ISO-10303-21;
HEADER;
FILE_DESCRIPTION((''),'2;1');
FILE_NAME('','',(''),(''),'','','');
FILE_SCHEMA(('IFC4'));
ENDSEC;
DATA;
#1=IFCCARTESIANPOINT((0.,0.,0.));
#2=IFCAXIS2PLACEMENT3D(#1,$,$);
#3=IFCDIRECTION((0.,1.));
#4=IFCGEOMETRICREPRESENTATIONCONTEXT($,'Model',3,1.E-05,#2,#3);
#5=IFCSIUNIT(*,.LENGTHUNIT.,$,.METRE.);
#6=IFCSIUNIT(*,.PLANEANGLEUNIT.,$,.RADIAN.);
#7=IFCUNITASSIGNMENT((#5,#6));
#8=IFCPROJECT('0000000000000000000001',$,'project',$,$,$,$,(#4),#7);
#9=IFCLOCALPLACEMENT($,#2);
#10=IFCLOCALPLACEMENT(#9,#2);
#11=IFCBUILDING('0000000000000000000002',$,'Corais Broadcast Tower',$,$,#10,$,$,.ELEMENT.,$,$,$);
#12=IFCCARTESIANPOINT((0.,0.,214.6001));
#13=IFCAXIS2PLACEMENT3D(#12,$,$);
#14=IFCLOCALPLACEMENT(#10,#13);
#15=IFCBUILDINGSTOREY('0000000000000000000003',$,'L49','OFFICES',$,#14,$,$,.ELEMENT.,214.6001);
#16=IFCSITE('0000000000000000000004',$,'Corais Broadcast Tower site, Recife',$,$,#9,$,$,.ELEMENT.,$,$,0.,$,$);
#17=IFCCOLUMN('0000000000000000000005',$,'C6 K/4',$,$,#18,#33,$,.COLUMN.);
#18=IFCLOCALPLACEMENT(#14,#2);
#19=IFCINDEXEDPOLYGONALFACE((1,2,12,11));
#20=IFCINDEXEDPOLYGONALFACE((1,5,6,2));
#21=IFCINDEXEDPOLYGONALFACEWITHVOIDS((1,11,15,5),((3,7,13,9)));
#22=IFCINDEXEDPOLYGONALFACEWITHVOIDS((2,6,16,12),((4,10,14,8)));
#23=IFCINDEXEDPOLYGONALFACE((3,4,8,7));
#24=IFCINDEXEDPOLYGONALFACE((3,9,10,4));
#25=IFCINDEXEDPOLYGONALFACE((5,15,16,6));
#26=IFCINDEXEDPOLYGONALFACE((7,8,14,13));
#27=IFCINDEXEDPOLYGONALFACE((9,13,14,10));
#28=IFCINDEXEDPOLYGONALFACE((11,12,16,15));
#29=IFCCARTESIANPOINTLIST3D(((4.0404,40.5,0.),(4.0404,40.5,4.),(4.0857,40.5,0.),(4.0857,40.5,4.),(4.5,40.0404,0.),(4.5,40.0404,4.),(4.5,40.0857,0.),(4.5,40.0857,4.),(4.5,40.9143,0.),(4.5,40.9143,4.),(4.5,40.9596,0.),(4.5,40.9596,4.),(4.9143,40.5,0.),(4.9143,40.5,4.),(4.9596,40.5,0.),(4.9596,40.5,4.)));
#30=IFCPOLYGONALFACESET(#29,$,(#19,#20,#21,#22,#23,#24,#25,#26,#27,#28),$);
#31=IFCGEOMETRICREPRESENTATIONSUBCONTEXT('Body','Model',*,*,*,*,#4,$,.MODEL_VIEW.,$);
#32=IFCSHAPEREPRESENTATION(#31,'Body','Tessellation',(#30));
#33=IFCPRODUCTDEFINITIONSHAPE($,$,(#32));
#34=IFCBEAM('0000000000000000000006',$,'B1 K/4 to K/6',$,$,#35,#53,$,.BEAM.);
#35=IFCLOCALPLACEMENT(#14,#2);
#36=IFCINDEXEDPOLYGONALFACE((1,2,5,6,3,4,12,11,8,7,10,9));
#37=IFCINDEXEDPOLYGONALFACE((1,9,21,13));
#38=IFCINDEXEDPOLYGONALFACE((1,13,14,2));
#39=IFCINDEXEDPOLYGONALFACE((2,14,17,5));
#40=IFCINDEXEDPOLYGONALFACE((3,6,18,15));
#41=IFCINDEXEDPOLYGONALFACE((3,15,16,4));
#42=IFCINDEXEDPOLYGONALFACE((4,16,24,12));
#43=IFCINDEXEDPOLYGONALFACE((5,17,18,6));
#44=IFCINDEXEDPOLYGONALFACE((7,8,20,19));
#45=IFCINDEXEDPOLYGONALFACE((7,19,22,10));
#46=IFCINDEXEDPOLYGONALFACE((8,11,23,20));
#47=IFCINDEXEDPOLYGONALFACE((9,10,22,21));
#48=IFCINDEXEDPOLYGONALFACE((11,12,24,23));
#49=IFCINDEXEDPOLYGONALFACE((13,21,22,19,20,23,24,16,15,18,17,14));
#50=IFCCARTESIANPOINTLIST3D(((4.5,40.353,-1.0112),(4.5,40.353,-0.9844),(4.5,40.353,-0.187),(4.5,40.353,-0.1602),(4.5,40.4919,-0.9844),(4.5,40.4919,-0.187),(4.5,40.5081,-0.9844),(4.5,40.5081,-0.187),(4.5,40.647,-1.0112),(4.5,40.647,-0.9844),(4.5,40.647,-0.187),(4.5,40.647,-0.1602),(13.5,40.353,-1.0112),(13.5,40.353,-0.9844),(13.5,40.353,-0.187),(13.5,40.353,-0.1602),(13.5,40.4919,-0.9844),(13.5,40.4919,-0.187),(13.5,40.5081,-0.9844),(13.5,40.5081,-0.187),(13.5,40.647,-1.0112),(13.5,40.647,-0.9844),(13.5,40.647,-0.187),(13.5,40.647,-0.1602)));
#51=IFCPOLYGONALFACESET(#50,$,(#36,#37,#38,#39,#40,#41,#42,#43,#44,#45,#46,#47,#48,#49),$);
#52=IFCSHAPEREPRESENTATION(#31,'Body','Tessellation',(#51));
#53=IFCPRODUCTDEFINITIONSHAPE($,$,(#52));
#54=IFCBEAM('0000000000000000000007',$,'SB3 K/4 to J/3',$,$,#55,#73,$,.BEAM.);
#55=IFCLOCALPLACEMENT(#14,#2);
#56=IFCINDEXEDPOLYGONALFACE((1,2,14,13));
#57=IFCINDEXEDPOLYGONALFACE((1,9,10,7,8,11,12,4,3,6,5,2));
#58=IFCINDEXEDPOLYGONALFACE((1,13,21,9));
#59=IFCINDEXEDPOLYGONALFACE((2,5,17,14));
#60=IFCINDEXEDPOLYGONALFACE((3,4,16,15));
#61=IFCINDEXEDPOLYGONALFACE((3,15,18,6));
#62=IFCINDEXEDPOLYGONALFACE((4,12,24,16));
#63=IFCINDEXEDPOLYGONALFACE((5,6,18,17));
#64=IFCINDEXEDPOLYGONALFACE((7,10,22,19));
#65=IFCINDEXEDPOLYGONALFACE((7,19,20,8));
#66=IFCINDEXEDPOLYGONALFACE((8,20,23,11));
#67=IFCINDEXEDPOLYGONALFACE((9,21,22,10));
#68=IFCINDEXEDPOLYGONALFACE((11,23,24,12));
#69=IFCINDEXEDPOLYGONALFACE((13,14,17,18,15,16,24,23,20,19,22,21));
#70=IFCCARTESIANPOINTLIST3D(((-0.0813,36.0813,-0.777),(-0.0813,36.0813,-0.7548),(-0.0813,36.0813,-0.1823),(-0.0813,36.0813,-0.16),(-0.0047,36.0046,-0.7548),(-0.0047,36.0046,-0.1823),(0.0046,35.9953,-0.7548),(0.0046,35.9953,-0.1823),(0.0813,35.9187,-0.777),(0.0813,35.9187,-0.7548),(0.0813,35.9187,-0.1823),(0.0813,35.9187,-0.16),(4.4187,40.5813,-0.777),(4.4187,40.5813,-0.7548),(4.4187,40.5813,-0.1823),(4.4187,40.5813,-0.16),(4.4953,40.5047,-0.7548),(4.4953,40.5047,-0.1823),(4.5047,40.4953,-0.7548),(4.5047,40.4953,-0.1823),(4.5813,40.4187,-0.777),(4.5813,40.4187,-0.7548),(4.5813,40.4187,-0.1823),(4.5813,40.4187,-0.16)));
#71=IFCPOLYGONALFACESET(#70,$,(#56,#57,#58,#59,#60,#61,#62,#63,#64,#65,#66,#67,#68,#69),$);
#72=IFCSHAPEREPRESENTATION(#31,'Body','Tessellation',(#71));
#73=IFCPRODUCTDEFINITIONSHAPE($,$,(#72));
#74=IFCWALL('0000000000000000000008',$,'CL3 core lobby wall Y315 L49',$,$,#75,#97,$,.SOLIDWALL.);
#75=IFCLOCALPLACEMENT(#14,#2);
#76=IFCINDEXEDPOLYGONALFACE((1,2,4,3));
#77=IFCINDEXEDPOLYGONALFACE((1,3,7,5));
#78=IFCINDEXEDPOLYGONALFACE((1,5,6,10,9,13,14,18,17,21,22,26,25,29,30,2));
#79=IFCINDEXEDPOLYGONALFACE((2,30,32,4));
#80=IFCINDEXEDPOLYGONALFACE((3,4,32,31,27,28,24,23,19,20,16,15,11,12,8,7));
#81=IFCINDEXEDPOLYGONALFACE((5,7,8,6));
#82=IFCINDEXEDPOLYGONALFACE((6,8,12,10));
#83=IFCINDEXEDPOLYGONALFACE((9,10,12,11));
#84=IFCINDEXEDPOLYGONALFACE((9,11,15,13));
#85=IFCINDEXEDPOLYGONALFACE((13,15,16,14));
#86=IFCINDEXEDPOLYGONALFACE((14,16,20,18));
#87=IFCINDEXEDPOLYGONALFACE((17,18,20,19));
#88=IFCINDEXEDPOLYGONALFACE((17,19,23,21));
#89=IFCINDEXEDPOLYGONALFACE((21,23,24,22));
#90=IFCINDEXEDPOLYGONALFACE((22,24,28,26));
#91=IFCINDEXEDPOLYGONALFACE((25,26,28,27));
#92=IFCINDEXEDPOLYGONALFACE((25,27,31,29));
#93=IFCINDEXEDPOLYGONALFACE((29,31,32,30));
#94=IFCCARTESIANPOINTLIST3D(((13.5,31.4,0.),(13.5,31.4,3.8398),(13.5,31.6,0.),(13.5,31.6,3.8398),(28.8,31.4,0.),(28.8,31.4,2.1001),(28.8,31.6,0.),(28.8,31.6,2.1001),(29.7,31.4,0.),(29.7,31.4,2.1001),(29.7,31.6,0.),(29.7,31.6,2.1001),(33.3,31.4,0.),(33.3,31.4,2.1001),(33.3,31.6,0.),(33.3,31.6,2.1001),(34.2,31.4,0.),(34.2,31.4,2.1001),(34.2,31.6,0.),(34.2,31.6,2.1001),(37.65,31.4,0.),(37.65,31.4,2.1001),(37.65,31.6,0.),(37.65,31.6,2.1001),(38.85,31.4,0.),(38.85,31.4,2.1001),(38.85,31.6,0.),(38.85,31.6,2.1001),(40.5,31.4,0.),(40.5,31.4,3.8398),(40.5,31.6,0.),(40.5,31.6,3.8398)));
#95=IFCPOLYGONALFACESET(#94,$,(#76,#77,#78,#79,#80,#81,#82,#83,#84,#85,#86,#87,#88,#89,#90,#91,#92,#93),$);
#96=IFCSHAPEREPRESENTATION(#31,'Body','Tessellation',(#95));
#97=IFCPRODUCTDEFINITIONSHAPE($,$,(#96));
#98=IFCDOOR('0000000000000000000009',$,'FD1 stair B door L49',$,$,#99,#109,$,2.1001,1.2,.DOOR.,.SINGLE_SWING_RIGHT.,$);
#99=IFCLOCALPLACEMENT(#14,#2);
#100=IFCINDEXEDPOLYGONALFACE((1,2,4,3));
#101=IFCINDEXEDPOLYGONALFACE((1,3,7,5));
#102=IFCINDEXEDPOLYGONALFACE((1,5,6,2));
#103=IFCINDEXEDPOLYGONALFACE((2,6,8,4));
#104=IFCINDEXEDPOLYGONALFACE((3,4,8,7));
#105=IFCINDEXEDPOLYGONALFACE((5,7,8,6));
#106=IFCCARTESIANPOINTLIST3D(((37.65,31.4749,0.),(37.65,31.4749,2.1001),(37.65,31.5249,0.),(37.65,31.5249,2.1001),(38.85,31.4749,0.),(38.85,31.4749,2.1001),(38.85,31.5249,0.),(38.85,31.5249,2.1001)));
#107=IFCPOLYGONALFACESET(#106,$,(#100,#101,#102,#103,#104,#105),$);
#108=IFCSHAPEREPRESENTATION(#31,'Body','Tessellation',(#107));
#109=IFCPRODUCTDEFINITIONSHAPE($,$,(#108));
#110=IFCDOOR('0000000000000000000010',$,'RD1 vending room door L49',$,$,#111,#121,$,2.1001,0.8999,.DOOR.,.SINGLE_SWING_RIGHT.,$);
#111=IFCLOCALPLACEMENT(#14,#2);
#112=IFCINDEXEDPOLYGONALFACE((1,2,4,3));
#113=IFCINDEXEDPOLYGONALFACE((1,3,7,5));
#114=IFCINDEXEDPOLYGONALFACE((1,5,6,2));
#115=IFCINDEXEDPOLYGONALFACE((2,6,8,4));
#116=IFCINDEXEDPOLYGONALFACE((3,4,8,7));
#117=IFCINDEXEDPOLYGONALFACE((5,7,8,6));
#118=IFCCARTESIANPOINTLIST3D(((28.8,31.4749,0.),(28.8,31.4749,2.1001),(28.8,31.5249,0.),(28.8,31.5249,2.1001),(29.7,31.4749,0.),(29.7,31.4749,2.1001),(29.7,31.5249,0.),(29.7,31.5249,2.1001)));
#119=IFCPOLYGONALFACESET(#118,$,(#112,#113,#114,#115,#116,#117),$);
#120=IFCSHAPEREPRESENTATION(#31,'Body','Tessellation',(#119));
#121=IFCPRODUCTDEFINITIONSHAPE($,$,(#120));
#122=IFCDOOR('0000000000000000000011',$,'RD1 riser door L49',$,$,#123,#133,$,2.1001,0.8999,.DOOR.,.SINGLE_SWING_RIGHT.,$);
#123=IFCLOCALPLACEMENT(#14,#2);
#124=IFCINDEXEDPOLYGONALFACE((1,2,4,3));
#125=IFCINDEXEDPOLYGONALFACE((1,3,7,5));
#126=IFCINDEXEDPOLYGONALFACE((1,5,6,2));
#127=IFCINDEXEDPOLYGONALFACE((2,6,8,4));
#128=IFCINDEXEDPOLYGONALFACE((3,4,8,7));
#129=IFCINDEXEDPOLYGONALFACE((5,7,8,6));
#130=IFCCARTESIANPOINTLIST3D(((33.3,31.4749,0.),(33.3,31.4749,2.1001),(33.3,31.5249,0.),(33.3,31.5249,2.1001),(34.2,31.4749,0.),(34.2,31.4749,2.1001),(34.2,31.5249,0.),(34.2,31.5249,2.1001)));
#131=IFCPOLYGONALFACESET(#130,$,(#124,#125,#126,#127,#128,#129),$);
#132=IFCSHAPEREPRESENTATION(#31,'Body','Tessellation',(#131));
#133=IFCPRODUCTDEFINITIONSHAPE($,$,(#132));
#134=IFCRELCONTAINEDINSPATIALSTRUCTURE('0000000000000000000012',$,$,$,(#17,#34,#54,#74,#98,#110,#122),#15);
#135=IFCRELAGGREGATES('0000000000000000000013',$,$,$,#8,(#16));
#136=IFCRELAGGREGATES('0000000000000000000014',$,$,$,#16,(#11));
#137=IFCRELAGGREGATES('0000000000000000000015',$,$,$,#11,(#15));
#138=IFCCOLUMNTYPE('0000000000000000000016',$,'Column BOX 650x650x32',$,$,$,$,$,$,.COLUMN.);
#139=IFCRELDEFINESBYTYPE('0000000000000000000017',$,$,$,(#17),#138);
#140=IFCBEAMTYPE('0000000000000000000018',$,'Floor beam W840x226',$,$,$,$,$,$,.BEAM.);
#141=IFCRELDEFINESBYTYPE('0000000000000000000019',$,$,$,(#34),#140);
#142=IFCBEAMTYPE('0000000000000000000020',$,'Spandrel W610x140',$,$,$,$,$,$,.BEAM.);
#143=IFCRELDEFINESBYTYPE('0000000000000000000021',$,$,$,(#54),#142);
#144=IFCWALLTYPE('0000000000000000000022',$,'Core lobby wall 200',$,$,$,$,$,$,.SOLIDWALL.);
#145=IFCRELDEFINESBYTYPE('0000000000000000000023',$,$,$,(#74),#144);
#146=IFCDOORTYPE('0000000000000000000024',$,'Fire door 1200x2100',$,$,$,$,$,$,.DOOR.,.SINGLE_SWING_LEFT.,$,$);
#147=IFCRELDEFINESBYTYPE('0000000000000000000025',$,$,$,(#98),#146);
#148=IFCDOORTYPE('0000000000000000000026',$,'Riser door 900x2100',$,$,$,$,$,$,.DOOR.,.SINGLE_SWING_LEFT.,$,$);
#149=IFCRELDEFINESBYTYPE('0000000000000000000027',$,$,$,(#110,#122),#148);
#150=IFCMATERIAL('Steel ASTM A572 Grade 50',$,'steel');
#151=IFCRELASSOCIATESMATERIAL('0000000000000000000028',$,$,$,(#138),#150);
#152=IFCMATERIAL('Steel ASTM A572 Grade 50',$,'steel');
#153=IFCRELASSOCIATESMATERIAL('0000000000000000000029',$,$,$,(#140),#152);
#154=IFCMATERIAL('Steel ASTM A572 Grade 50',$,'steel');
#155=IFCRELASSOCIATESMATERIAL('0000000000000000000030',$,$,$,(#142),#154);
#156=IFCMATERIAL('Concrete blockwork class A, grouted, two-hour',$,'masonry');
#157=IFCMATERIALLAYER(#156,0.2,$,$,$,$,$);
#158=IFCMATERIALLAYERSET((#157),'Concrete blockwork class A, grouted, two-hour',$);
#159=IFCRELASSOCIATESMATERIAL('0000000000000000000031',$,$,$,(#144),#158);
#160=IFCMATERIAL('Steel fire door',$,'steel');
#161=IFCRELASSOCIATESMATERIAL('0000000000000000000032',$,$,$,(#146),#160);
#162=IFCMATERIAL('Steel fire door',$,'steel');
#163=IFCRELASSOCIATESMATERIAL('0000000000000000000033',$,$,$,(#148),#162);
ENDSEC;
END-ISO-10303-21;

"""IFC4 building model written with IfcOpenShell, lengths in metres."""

from ifc_helpers import new_model, si_unit, direction, frame, frame_2d, origin, origin_2d, place, context, subcontext, project, spatial, rectangle, hollow_rectangle, i_section, extrude, material, layer, layer_set, material_profile, profile_set, type_object, element, fill, save


model = new_model("IFC4")

# Units and contexts
model_context = context("Model", 3, precision=1e-05, world=origin(), true_north=direction((0.0, 1.0)))
body_context = subcontext(model_context, "Body", "Model", "MODEL_VIEW")
ifc_project = project(units=[si_unit("LENGTHUNIT", "METRE"), si_unit("PLANEANGLEUNIT", "RADIAN")], contexts=[model_context])

# Site, building, storey
site_placement = place(None, origin())
site = spatial("IfcSite", under=ifc_project, at=site_placement, Name="Corais Broadcast Tower site, Recife", CompositionType="ELEMENT", RefElevation=0.0)
building_placement = place(site_placement, origin())
building = spatial("IfcBuilding", under=site, at=building_placement, Name="Corais Broadcast Tower", CompositionType="ELEMENT")
storey_placement = place(building_placement, frame((0.0, 0.0, 214.6001)))
storey = spatial("IfcBuildingStorey", under=building, at=storey_placement, Name="L49", Description="OFFICES", CompositionType="ELEMENT", Elevation=214.6001)

# Column
ifc_material_1 = material(Name="Steel ASTM A572 Grade 50", Category="steel")
ifc_material_profile_1 = material_profile(ifc_material_1, hollow_rectangle(XDim=0.6499, YDim=0.6499, WallThickness=0.032, at=origin_2d()), Name="BOX 650x650x32")
ifc_profile_set_1 = profile_set([ifc_material_profile_1], Name="Steel ASTM A572 Grade 50")
column_type = type_object("IfcColumnType", Name="Column BOX 650x650x32", PredefinedType="COLUMN", material=ifc_profile_set_1)
column_placement = place(storey_placement, frame((4.5, 40.5, 0.0), z_axis=(0.0, 0.0, 1.0), x_axis=(0.707107, 0.707107, 0.0)))
element("IfcColumn", 1, at=column_placement, inside=storey, type_object=column_type, Name="C6 K/4", PredefinedType="COLUMN", context=body_context, shape_type="SweptSolid", body=[
    extrude(hollow_rectangle(XDim=0.6499, YDim=0.6499, WallThickness=0.032, at=origin_2d()), origin(), (0.0, 0.0, 1.0), 4.0),
])

# Beams
ifc_material_2 = material(Name="Steel ASTM A572 Grade 50", Category="steel")
ifc_material_profile_2 = material_profile(ifc_material_2, i_section(OverallWidth=0.2939, OverallDepth=0.8511, WebThickness=0.0161, FlangeThickness=0.0269, at=origin_2d()), Name="W840x226")
ifc_profile_set_2 = profile_set([ifc_material_profile_2], Name="Steel ASTM A572 Grade 50")
beam_type_1 = type_object("IfcBeamType", Name="Floor beam W840x226", PredefinedType="BEAM", material=ifc_profile_set_2)
beam_1_placement = place(storey_placement, frame((4.5, 40.5, -0.5857), z_axis=(1.0, 0.0, 0.0), x_axis=(0.0, 1.0, 0.0)))
element("IfcBeam", 2, at=beam_1_placement, inside=storey, type_object=beam_type_1, Name="B1 K/4 to K/6", PredefinedType="BEAM", context=body_context, shape_type="SweptSolid", body=[
    extrude(i_section(OverallWidth=0.2939, OverallDepth=0.8511, WebThickness=0.0161, FlangeThickness=0.0269, at=origin_2d()), origin(), (0.0, 0.0, 1.0), 9.0),
])
ifc_material_3 = material(Name="Steel ASTM A572 Grade 50", Category="steel")
ifc_material_profile_3 = material_profile(ifc_material_3, i_section(OverallWidth=0.23, OverallDepth=0.6169, WebThickness=0.0132, FlangeThickness=0.0222, at=origin_2d()), Name="W610x140")
ifc_profile_set_3 = profile_set([ifc_material_profile_3], Name="Steel ASTM A572 Grade 50")
beam_type_2 = type_object("IfcBeamType", Name="Spandrel W610x140", PredefinedType="BEAM", material=ifc_profile_set_3)
beam_2_placement = place(storey_placement, frame((4.5, 40.5, -0.4685), z_axis=(-0.707107, -0.707107, 0.0), x_axis=(0.707107, -0.707107, 0.0)))
element("IfcBeam", 3, at=beam_2_placement, inside=storey, type_object=beam_type_2, Name="SB3 K/4 to J/3", PredefinedType="BEAM", context=body_context, shape_type="SweptSolid", body=[
    extrude(i_section(OverallWidth=0.23, OverallDepth=0.6169, WebThickness=0.0132, FlangeThickness=0.0222, at=origin_2d()), origin(), (0.0, 0.0, 1.0), 6.364),
])

# Wall, openings, doors
ifc_material_4 = material(Name="Concrete blockwork class A, grouted, two-hour", Category="masonry")
ifc_layer_1 = layer(ifc_material_4, 0.2)
ifc_layer_set_1 = layer_set([ifc_layer_1], Name="Concrete blockwork class A, grouted, two-hour")
wall_type_1 = type_object("IfcWallType", Name="Core lobby wall 200", PredefinedType="SOLIDWALL", material=ifc_layer_set_1)
wall_1_placement = place(storey_placement, frame((13.5, 31.5, 0.0), z_axis=(0.0, 0.0, 1.0), x_axis=(1.0, 0.0, 0.0)))
wall_1 = element("IfcWall", 4, at=wall_1_placement, inside=storey, type_object=wall_type_1, Name="CL3 core lobby wall Y315 L49", PredefinedType="SOLIDWALL", context=body_context, shape_type="SweptSolid", body=[
    extrude(rectangle(XDim=27.0, YDim=0.2, at=frame_2d((13.5, 0.0))), origin(), (0.0, 0.0, 1.0), 3.8398),
])
opening_1_placement = place(wall_1_placement, frame((24.1499, 0.0, 0.0)))
opening_1 = element("IfcOpeningElement", 5, at=opening_1_placement, cuts=wall_1, PredefinedType="OPENING", context=body_context, shape_type="SweptSolid", body=[
    extrude(rectangle(XDim=1.2, YDim=2.1001, at=frame_2d((0.6001, 1.05))), frame((0.0, 0.1099, 0.0), z_axis=(0.0, -1.0, 0.0), x_axis=(1.0, 0.0, 0.0)), (0.0, 0.0, 1.0), 0.22),
])
opening_2_placement = place(wall_1_placement, frame((15.3, 0.0, 0.0)))
opening_2 = element("IfcOpeningElement", 6, at=opening_2_placement, cuts=wall_1, PredefinedType="OPENING", context=body_context, shape_type="SweptSolid", body=[
    extrude(rectangle(XDim=0.8999, YDim=2.1001, at=frame_2d((0.45, 1.05))), frame((0.0, 0.1099, 0.0), z_axis=(0.0, -1.0, 0.0), x_axis=(1.0, 0.0, 0.0)), (0.0, 0.0, 1.0), 0.22),
])
opening_3_placement = place(wall_1_placement, frame((19.8, 0.0, 0.0)))
opening_3 = element("IfcOpeningElement", 7, at=opening_3_placement, cuts=wall_1, PredefinedType="OPENING", context=body_context, shape_type="SweptSolid", body=[
    extrude(rectangle(XDim=0.8999, YDim=2.1001, at=frame_2d((0.45, 1.05))), frame((0.0, 0.1099, 0.0), z_axis=(0.0, -1.0, 0.0), x_axis=(1.0, 0.0, 0.0)), (0.0, 0.0, 1.0), 0.22),
])
ifc_material_5 = material(Name="Steel fire door", Category="steel")
door_type_1 = type_object("IfcDoorType", Name="Fire door 1200x2100", OperationType="SINGLE_SWING_LEFT", PredefinedType="DOOR", material=ifc_material_5)
door_1_placement = place(opening_1_placement, origin())
door_1 = element("IfcDoor", 8, at=door_1_placement, inside=storey, type_object=door_type_1, Name="FD1 stair B door L49", OperationType="SINGLE_SWING_RIGHT", OverallHeight=2.1001, OverallWidth=1.2, PredefinedType="DOOR", context=body_context, shape_type="SweptSolid", body=[
    extrude(rectangle(XDim=1.2, YDim=2.1001, at=frame_2d((0.6001, 1.05))), frame((0.0, 0.0249, 0.0), z_axis=(0.0, -1.0, 0.0), x_axis=(1.0, 0.0, 0.0)), (0.0, 0.0, 1.0), 0.05),
])
fill(opening_1, door_1)
ifc_material_6 = material(Name="Steel fire door", Category="steel")
door_type_2 = type_object("IfcDoorType", Name="Riser door 900x2100", OperationType="SINGLE_SWING_LEFT", PredefinedType="DOOR", material=ifc_material_6)
door_2_placement = place(opening_2_placement, origin())
door_2 = element("IfcDoor", 9, at=door_2_placement, inside=storey, type_object=door_type_2, Name="RD1 vending room door L49", OperationType="SINGLE_SWING_RIGHT", OverallHeight=2.1001, OverallWidth=0.8999, PredefinedType="DOOR", context=body_context, shape_type="SweptSolid", body=[
    extrude(rectangle(XDim=0.8999, YDim=2.1001, at=frame_2d((0.45, 1.05))), frame((0.0, 0.0249, 0.0), z_axis=(0.0, -1.0, 0.0), x_axis=(1.0, 0.0, 0.0)), (0.0, 0.0, 1.0), 0.05),
])
fill(opening_2, door_2)
door_3_placement = place(opening_3_placement, origin())
door_3 = element("IfcDoor", 10, at=door_3_placement, inside=storey, type_object=door_type_2, Name="RD1 riser door L49", OperationType="SINGLE_SWING_RIGHT", OverallHeight=2.1001, OverallWidth=0.8999, PredefinedType="DOOR", context=body_context, shape_type="SweptSolid", body=[
    extrude(rectangle(XDim=0.8999, YDim=2.1001, at=frame_2d((0.45, 1.05))), frame((0.0, 0.0249, 0.0), z_axis=(0.0, -1.0, 0.0), x_axis=(1.0, 0.0, 0.0)), (0.0, 0.0, 1.0), 0.05),
])
fill(opening_3, door_3)

save(model, "model.ifc")
